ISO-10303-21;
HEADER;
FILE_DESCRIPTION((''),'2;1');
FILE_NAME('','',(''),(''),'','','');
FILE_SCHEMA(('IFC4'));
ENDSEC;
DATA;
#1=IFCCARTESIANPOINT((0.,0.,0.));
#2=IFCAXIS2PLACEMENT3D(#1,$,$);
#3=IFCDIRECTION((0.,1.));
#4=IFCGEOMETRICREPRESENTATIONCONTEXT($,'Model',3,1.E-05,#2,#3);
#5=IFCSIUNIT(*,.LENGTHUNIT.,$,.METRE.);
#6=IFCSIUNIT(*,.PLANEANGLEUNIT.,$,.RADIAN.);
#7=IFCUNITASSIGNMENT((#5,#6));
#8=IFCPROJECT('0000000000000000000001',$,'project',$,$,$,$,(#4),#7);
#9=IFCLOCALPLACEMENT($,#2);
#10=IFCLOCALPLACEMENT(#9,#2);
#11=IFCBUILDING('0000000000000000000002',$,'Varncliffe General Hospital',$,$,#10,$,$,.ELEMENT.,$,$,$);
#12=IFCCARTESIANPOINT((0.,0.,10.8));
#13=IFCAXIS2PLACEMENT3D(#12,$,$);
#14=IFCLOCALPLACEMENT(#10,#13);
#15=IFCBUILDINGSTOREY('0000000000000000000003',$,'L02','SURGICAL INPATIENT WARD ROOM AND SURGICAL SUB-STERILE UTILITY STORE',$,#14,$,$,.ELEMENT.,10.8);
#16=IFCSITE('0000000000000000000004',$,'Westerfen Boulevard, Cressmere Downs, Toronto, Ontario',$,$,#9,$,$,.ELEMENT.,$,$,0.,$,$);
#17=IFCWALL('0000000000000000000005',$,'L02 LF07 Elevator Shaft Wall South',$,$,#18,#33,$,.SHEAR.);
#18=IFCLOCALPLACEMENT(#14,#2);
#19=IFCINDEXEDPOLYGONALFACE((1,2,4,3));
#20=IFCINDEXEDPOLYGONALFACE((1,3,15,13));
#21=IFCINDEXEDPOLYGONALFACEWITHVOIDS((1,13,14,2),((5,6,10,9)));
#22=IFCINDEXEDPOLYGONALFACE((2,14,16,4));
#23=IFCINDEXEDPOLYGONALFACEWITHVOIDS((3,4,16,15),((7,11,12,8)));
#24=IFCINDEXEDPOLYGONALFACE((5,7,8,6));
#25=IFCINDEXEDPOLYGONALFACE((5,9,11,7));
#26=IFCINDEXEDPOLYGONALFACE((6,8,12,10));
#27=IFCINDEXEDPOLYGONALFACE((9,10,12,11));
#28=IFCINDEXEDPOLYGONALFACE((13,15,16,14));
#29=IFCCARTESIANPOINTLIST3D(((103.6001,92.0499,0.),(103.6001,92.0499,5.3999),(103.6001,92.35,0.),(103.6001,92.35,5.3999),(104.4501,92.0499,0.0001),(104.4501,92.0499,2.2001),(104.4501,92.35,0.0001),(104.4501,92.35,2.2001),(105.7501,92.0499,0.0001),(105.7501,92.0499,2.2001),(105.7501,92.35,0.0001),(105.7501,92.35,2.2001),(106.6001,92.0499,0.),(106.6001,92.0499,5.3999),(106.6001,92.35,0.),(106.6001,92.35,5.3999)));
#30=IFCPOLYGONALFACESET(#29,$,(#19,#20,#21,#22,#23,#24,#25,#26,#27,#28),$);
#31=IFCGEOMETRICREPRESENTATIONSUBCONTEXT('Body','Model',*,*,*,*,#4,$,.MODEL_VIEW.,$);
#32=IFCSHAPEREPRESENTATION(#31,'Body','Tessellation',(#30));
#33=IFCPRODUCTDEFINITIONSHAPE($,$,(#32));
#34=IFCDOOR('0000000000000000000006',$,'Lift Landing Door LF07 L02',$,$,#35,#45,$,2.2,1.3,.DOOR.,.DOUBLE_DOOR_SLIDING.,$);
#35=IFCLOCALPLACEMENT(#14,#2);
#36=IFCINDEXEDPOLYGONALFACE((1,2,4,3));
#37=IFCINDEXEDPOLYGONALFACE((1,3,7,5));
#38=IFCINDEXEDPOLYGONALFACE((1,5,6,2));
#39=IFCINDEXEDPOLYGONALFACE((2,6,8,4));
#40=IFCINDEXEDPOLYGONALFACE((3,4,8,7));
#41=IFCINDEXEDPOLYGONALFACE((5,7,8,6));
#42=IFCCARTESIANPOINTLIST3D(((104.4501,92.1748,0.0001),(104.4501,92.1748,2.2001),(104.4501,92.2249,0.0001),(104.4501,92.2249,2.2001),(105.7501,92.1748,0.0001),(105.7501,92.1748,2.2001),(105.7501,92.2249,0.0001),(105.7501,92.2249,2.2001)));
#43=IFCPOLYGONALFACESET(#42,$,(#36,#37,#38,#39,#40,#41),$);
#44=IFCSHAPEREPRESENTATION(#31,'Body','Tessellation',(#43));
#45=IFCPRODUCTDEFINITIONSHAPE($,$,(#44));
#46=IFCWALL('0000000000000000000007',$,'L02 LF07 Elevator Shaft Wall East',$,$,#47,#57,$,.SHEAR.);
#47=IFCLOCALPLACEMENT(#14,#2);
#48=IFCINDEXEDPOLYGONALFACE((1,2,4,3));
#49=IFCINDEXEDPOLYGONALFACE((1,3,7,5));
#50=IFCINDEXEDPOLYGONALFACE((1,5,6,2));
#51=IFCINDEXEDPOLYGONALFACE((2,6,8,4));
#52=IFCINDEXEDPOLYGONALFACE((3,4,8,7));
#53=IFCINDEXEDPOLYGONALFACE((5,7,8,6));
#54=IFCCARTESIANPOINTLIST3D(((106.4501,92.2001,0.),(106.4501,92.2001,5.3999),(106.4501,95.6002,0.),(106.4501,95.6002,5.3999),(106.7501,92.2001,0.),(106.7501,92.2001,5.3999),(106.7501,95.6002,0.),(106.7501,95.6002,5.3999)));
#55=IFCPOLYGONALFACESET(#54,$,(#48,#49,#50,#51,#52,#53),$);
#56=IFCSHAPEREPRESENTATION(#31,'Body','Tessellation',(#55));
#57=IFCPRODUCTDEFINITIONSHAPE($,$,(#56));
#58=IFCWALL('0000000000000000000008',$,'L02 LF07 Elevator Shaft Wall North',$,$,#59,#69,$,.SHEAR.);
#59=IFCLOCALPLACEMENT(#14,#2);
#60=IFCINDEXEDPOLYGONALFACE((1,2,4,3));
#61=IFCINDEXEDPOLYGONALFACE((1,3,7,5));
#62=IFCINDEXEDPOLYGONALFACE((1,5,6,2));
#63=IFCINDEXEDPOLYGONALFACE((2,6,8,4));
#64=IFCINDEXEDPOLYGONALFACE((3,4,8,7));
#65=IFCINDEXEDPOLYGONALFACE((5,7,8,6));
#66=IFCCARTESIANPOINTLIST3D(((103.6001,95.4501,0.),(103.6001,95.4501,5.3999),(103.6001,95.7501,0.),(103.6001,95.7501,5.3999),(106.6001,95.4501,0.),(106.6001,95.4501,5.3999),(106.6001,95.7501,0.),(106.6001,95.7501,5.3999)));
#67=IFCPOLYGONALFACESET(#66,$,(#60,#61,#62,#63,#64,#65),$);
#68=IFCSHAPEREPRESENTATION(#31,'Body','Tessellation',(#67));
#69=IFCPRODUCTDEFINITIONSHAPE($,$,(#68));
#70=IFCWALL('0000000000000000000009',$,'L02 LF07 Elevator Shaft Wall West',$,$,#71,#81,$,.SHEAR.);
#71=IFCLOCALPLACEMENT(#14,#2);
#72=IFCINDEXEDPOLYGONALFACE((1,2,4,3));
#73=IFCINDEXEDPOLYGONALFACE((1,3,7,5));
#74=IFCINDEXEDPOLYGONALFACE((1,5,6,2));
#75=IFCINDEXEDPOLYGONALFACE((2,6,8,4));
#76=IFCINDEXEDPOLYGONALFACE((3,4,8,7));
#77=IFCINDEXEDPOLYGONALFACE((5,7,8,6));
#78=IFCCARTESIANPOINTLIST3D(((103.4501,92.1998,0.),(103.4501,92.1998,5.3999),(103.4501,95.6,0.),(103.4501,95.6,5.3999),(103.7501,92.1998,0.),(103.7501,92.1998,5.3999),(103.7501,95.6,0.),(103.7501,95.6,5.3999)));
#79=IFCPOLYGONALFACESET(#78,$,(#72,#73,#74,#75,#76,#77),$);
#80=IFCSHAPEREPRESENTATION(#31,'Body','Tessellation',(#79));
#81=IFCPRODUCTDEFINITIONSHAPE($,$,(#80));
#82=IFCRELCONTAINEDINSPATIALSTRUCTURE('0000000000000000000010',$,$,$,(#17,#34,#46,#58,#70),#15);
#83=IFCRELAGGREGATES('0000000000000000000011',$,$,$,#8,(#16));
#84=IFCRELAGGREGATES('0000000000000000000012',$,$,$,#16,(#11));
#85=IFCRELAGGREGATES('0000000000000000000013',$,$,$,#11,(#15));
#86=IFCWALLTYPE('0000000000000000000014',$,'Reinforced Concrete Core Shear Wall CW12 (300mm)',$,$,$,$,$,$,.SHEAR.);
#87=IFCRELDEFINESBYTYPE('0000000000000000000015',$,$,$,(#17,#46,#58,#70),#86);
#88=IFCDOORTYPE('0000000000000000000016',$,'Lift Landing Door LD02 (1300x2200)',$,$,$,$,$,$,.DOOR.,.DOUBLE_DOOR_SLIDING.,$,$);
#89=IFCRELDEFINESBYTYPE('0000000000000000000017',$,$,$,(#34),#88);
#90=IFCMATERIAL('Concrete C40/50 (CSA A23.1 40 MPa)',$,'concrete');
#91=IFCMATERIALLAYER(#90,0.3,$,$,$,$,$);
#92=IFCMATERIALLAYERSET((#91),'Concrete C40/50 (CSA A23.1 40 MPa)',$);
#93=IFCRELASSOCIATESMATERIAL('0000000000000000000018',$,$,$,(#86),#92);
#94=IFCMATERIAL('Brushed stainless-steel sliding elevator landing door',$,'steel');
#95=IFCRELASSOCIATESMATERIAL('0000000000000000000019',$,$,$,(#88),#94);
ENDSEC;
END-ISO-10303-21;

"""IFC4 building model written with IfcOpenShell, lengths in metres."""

from ifc_helpers import new_model, si_unit, direction, frame, frame_2d, origin, place, context, subcontext, project, spatial, rectangle, extrude, material, layer, layer_set, type_object, element, fill, save


model = new_model("IFC4")

# Units and contexts
model_context = context("Model", 3, precision=1e-05, world=origin(), true_north=direction((0.0, 1.0)))
body_context = subcontext(model_context, "Body", "Model", "MODEL_VIEW")
ifc_project = project(units=[si_unit("LENGTHUNIT", "METRE"), si_unit("PLANEANGLEUNIT", "RADIAN")], contexts=[model_context])

# Site, building, storey
site_placement = place(None, origin())
site = spatial("IfcSite", under=ifc_project, at=site_placement, Name="Westerfen Boulevard, Cressmere Downs, Toronto, Ontario", CompositionType="ELEMENT", RefElevation=0.0)
building_placement = place(site_placement, origin())
building = spatial("IfcBuilding", under=site, at=building_placement, Name="Varncliffe General Hospital", CompositionType="ELEMENT")
storey_placement = place(building_placement, frame((0.0, 0.0, 10.8)))
storey = spatial("IfcBuildingStorey", under=building, at=storey_placement, Name="L02", Description="SURGICAL INPATIENT WARD ROOM AND SURGICAL SUB-STERILE UTILITY STORE", CompositionType="ELEMENT", Elevation=10.8)

# Shared definitions
ifc_material_1 = material(Name="Concrete C40/50 (CSA A23.1 40 MPa)", Category="concrete")

# Shared definitions
ifc_layer_1 = layer(ifc_material_1, 0.3)
ifc_layer_set_1 = layer_set([ifc_layer_1], Name="Concrete C40/50 (CSA A23.1 40 MPa)")
wall_type_1 = type_object("IfcWallType", Name="Reinforced Concrete Core Shear Wall CW12 (300mm)", PredefinedType="SHEAR", material=ifc_layer_set_1)

# Wall, opening, door
wall_1_placement = place(storey_placement, frame((103.6001, 92.2, 0.0), z_axis=(0.0, 0.0, 1.0), x_axis=(1.0, 0.0, 0.0)))
wall_1 = element("IfcWall", 1, at=wall_1_placement, inside=storey, type_object=wall_type_1, Name="L02 LF07 Elevator Shaft Wall South", PredefinedType="SHEAR", context=body_context, shape_type="SweptSolid", body=[
    extrude(rectangle(XDim=3.0, YDim=0.3, at=frame_2d((1.5, 0.0))), origin(), (0.0, 0.0, 1.0), 5.3999),
])
opening_placement = place(wall_1_placement, frame((0.8501, 0.0, 0.0)))
opening = element("IfcOpeningElement", 2, at=opening_placement, cuts=wall_1, PredefinedType="OPENING", context=body_context, shape_type="SweptSolid", body=[
    extrude(rectangle(XDim=1.3, YDim=2.2, at=frame_2d((0.6499, 1.1001))), frame((0.0, 0.1602, 0.0), z_axis=(0.0, -1.0, 0.0), x_axis=(1.0, 0.0, 0.0)), (0.0, 0.0, 1.0), 0.3201),
])
ifc_material_2 = material(Name="Brushed stainless-steel sliding elevator landing door", Category="steel")
door_type = type_object("IfcDoorType", Name="Lift Landing Door LD02 (1300x2200)", OperationType="DOUBLE_DOOR_SLIDING", PredefinedType="DOOR", material=ifc_material_2)
door_placement = place(opening_placement, origin())
door = element("IfcDoor", 3, at=door_placement, inside=storey, type_object=door_type, Name="Lift Landing Door LF07 L02", OperationType="DOUBLE_DOOR_SLIDING", OverallHeight=2.2, OverallWidth=1.3, PredefinedType="DOOR", context=body_context, shape_type="SweptSolid", body=[
    extrude(rectangle(XDim=1.3, YDim=2.2, at=frame_2d((0.6499, 1.1001))), frame((0.0, 0.0249, 0.0), z_axis=(0.0, -1.0, 0.0), x_axis=(1.0, 0.0, 0.0)), (0.0, 0.0, 1.0), 0.05),
])
fill(opening, door)

# Walls
wall_2_placement = place(storey_placement, frame((106.6001, 92.2, 0.0), z_axis=(0.0, 0.0, 1.0), x_axis=(0.0, 1.0, 0.0)))
element("IfcWall", 4, at=wall_2_placement, inside=storey, type_object=wall_type_1, Name="L02 LF07 Elevator Shaft Wall East", PredefinedType="SHEAR", context=body_context, shape_type="SweptSolid", body=[
    extrude(rectangle(XDim=3.4001, YDim=0.3, at=frame_2d((1.7002, 0.0))), origin(), (0.0, 0.0, 1.0), 5.3999),
])
wall_3_placement = place(storey_placement, frame((106.6001, 95.6001, 0.0), z_axis=(0.0, 0.0, 1.0), x_axis=(-1.0, 0.0, 0.0)))
element("IfcWall", 5, at=wall_3_placement, inside=storey, type_object=wall_type_1, Name="L02 LF07 Elevator Shaft Wall North", PredefinedType="SHEAR", context=body_context, shape_type="SweptSolid", body=[
    extrude(rectangle(XDim=3.0, YDim=0.3, at=frame_2d((1.5, 0.0))), origin(), (0.0, 0.0, 1.0), 5.3999),
])
wall_4_placement = place(storey_placement, frame((103.6001, 95.6001, 0.0), z_axis=(0.0, 0.0, 1.0), x_axis=(0.0, -1.0, 0.0)))
element("IfcWall", 6, at=wall_4_placement, inside=storey, type_object=wall_type_1, Name="L02 LF07 Elevator Shaft Wall West", PredefinedType="SHEAR", context=body_context, shape_type="SweptSolid", body=[
    extrude(rectangle(XDim=3.4001, YDim=0.3, at=frame_2d((1.7002, 0.0))), origin(), (0.0, 0.0, 1.0), 5.3999),
])

save(model, "model.ifc")
